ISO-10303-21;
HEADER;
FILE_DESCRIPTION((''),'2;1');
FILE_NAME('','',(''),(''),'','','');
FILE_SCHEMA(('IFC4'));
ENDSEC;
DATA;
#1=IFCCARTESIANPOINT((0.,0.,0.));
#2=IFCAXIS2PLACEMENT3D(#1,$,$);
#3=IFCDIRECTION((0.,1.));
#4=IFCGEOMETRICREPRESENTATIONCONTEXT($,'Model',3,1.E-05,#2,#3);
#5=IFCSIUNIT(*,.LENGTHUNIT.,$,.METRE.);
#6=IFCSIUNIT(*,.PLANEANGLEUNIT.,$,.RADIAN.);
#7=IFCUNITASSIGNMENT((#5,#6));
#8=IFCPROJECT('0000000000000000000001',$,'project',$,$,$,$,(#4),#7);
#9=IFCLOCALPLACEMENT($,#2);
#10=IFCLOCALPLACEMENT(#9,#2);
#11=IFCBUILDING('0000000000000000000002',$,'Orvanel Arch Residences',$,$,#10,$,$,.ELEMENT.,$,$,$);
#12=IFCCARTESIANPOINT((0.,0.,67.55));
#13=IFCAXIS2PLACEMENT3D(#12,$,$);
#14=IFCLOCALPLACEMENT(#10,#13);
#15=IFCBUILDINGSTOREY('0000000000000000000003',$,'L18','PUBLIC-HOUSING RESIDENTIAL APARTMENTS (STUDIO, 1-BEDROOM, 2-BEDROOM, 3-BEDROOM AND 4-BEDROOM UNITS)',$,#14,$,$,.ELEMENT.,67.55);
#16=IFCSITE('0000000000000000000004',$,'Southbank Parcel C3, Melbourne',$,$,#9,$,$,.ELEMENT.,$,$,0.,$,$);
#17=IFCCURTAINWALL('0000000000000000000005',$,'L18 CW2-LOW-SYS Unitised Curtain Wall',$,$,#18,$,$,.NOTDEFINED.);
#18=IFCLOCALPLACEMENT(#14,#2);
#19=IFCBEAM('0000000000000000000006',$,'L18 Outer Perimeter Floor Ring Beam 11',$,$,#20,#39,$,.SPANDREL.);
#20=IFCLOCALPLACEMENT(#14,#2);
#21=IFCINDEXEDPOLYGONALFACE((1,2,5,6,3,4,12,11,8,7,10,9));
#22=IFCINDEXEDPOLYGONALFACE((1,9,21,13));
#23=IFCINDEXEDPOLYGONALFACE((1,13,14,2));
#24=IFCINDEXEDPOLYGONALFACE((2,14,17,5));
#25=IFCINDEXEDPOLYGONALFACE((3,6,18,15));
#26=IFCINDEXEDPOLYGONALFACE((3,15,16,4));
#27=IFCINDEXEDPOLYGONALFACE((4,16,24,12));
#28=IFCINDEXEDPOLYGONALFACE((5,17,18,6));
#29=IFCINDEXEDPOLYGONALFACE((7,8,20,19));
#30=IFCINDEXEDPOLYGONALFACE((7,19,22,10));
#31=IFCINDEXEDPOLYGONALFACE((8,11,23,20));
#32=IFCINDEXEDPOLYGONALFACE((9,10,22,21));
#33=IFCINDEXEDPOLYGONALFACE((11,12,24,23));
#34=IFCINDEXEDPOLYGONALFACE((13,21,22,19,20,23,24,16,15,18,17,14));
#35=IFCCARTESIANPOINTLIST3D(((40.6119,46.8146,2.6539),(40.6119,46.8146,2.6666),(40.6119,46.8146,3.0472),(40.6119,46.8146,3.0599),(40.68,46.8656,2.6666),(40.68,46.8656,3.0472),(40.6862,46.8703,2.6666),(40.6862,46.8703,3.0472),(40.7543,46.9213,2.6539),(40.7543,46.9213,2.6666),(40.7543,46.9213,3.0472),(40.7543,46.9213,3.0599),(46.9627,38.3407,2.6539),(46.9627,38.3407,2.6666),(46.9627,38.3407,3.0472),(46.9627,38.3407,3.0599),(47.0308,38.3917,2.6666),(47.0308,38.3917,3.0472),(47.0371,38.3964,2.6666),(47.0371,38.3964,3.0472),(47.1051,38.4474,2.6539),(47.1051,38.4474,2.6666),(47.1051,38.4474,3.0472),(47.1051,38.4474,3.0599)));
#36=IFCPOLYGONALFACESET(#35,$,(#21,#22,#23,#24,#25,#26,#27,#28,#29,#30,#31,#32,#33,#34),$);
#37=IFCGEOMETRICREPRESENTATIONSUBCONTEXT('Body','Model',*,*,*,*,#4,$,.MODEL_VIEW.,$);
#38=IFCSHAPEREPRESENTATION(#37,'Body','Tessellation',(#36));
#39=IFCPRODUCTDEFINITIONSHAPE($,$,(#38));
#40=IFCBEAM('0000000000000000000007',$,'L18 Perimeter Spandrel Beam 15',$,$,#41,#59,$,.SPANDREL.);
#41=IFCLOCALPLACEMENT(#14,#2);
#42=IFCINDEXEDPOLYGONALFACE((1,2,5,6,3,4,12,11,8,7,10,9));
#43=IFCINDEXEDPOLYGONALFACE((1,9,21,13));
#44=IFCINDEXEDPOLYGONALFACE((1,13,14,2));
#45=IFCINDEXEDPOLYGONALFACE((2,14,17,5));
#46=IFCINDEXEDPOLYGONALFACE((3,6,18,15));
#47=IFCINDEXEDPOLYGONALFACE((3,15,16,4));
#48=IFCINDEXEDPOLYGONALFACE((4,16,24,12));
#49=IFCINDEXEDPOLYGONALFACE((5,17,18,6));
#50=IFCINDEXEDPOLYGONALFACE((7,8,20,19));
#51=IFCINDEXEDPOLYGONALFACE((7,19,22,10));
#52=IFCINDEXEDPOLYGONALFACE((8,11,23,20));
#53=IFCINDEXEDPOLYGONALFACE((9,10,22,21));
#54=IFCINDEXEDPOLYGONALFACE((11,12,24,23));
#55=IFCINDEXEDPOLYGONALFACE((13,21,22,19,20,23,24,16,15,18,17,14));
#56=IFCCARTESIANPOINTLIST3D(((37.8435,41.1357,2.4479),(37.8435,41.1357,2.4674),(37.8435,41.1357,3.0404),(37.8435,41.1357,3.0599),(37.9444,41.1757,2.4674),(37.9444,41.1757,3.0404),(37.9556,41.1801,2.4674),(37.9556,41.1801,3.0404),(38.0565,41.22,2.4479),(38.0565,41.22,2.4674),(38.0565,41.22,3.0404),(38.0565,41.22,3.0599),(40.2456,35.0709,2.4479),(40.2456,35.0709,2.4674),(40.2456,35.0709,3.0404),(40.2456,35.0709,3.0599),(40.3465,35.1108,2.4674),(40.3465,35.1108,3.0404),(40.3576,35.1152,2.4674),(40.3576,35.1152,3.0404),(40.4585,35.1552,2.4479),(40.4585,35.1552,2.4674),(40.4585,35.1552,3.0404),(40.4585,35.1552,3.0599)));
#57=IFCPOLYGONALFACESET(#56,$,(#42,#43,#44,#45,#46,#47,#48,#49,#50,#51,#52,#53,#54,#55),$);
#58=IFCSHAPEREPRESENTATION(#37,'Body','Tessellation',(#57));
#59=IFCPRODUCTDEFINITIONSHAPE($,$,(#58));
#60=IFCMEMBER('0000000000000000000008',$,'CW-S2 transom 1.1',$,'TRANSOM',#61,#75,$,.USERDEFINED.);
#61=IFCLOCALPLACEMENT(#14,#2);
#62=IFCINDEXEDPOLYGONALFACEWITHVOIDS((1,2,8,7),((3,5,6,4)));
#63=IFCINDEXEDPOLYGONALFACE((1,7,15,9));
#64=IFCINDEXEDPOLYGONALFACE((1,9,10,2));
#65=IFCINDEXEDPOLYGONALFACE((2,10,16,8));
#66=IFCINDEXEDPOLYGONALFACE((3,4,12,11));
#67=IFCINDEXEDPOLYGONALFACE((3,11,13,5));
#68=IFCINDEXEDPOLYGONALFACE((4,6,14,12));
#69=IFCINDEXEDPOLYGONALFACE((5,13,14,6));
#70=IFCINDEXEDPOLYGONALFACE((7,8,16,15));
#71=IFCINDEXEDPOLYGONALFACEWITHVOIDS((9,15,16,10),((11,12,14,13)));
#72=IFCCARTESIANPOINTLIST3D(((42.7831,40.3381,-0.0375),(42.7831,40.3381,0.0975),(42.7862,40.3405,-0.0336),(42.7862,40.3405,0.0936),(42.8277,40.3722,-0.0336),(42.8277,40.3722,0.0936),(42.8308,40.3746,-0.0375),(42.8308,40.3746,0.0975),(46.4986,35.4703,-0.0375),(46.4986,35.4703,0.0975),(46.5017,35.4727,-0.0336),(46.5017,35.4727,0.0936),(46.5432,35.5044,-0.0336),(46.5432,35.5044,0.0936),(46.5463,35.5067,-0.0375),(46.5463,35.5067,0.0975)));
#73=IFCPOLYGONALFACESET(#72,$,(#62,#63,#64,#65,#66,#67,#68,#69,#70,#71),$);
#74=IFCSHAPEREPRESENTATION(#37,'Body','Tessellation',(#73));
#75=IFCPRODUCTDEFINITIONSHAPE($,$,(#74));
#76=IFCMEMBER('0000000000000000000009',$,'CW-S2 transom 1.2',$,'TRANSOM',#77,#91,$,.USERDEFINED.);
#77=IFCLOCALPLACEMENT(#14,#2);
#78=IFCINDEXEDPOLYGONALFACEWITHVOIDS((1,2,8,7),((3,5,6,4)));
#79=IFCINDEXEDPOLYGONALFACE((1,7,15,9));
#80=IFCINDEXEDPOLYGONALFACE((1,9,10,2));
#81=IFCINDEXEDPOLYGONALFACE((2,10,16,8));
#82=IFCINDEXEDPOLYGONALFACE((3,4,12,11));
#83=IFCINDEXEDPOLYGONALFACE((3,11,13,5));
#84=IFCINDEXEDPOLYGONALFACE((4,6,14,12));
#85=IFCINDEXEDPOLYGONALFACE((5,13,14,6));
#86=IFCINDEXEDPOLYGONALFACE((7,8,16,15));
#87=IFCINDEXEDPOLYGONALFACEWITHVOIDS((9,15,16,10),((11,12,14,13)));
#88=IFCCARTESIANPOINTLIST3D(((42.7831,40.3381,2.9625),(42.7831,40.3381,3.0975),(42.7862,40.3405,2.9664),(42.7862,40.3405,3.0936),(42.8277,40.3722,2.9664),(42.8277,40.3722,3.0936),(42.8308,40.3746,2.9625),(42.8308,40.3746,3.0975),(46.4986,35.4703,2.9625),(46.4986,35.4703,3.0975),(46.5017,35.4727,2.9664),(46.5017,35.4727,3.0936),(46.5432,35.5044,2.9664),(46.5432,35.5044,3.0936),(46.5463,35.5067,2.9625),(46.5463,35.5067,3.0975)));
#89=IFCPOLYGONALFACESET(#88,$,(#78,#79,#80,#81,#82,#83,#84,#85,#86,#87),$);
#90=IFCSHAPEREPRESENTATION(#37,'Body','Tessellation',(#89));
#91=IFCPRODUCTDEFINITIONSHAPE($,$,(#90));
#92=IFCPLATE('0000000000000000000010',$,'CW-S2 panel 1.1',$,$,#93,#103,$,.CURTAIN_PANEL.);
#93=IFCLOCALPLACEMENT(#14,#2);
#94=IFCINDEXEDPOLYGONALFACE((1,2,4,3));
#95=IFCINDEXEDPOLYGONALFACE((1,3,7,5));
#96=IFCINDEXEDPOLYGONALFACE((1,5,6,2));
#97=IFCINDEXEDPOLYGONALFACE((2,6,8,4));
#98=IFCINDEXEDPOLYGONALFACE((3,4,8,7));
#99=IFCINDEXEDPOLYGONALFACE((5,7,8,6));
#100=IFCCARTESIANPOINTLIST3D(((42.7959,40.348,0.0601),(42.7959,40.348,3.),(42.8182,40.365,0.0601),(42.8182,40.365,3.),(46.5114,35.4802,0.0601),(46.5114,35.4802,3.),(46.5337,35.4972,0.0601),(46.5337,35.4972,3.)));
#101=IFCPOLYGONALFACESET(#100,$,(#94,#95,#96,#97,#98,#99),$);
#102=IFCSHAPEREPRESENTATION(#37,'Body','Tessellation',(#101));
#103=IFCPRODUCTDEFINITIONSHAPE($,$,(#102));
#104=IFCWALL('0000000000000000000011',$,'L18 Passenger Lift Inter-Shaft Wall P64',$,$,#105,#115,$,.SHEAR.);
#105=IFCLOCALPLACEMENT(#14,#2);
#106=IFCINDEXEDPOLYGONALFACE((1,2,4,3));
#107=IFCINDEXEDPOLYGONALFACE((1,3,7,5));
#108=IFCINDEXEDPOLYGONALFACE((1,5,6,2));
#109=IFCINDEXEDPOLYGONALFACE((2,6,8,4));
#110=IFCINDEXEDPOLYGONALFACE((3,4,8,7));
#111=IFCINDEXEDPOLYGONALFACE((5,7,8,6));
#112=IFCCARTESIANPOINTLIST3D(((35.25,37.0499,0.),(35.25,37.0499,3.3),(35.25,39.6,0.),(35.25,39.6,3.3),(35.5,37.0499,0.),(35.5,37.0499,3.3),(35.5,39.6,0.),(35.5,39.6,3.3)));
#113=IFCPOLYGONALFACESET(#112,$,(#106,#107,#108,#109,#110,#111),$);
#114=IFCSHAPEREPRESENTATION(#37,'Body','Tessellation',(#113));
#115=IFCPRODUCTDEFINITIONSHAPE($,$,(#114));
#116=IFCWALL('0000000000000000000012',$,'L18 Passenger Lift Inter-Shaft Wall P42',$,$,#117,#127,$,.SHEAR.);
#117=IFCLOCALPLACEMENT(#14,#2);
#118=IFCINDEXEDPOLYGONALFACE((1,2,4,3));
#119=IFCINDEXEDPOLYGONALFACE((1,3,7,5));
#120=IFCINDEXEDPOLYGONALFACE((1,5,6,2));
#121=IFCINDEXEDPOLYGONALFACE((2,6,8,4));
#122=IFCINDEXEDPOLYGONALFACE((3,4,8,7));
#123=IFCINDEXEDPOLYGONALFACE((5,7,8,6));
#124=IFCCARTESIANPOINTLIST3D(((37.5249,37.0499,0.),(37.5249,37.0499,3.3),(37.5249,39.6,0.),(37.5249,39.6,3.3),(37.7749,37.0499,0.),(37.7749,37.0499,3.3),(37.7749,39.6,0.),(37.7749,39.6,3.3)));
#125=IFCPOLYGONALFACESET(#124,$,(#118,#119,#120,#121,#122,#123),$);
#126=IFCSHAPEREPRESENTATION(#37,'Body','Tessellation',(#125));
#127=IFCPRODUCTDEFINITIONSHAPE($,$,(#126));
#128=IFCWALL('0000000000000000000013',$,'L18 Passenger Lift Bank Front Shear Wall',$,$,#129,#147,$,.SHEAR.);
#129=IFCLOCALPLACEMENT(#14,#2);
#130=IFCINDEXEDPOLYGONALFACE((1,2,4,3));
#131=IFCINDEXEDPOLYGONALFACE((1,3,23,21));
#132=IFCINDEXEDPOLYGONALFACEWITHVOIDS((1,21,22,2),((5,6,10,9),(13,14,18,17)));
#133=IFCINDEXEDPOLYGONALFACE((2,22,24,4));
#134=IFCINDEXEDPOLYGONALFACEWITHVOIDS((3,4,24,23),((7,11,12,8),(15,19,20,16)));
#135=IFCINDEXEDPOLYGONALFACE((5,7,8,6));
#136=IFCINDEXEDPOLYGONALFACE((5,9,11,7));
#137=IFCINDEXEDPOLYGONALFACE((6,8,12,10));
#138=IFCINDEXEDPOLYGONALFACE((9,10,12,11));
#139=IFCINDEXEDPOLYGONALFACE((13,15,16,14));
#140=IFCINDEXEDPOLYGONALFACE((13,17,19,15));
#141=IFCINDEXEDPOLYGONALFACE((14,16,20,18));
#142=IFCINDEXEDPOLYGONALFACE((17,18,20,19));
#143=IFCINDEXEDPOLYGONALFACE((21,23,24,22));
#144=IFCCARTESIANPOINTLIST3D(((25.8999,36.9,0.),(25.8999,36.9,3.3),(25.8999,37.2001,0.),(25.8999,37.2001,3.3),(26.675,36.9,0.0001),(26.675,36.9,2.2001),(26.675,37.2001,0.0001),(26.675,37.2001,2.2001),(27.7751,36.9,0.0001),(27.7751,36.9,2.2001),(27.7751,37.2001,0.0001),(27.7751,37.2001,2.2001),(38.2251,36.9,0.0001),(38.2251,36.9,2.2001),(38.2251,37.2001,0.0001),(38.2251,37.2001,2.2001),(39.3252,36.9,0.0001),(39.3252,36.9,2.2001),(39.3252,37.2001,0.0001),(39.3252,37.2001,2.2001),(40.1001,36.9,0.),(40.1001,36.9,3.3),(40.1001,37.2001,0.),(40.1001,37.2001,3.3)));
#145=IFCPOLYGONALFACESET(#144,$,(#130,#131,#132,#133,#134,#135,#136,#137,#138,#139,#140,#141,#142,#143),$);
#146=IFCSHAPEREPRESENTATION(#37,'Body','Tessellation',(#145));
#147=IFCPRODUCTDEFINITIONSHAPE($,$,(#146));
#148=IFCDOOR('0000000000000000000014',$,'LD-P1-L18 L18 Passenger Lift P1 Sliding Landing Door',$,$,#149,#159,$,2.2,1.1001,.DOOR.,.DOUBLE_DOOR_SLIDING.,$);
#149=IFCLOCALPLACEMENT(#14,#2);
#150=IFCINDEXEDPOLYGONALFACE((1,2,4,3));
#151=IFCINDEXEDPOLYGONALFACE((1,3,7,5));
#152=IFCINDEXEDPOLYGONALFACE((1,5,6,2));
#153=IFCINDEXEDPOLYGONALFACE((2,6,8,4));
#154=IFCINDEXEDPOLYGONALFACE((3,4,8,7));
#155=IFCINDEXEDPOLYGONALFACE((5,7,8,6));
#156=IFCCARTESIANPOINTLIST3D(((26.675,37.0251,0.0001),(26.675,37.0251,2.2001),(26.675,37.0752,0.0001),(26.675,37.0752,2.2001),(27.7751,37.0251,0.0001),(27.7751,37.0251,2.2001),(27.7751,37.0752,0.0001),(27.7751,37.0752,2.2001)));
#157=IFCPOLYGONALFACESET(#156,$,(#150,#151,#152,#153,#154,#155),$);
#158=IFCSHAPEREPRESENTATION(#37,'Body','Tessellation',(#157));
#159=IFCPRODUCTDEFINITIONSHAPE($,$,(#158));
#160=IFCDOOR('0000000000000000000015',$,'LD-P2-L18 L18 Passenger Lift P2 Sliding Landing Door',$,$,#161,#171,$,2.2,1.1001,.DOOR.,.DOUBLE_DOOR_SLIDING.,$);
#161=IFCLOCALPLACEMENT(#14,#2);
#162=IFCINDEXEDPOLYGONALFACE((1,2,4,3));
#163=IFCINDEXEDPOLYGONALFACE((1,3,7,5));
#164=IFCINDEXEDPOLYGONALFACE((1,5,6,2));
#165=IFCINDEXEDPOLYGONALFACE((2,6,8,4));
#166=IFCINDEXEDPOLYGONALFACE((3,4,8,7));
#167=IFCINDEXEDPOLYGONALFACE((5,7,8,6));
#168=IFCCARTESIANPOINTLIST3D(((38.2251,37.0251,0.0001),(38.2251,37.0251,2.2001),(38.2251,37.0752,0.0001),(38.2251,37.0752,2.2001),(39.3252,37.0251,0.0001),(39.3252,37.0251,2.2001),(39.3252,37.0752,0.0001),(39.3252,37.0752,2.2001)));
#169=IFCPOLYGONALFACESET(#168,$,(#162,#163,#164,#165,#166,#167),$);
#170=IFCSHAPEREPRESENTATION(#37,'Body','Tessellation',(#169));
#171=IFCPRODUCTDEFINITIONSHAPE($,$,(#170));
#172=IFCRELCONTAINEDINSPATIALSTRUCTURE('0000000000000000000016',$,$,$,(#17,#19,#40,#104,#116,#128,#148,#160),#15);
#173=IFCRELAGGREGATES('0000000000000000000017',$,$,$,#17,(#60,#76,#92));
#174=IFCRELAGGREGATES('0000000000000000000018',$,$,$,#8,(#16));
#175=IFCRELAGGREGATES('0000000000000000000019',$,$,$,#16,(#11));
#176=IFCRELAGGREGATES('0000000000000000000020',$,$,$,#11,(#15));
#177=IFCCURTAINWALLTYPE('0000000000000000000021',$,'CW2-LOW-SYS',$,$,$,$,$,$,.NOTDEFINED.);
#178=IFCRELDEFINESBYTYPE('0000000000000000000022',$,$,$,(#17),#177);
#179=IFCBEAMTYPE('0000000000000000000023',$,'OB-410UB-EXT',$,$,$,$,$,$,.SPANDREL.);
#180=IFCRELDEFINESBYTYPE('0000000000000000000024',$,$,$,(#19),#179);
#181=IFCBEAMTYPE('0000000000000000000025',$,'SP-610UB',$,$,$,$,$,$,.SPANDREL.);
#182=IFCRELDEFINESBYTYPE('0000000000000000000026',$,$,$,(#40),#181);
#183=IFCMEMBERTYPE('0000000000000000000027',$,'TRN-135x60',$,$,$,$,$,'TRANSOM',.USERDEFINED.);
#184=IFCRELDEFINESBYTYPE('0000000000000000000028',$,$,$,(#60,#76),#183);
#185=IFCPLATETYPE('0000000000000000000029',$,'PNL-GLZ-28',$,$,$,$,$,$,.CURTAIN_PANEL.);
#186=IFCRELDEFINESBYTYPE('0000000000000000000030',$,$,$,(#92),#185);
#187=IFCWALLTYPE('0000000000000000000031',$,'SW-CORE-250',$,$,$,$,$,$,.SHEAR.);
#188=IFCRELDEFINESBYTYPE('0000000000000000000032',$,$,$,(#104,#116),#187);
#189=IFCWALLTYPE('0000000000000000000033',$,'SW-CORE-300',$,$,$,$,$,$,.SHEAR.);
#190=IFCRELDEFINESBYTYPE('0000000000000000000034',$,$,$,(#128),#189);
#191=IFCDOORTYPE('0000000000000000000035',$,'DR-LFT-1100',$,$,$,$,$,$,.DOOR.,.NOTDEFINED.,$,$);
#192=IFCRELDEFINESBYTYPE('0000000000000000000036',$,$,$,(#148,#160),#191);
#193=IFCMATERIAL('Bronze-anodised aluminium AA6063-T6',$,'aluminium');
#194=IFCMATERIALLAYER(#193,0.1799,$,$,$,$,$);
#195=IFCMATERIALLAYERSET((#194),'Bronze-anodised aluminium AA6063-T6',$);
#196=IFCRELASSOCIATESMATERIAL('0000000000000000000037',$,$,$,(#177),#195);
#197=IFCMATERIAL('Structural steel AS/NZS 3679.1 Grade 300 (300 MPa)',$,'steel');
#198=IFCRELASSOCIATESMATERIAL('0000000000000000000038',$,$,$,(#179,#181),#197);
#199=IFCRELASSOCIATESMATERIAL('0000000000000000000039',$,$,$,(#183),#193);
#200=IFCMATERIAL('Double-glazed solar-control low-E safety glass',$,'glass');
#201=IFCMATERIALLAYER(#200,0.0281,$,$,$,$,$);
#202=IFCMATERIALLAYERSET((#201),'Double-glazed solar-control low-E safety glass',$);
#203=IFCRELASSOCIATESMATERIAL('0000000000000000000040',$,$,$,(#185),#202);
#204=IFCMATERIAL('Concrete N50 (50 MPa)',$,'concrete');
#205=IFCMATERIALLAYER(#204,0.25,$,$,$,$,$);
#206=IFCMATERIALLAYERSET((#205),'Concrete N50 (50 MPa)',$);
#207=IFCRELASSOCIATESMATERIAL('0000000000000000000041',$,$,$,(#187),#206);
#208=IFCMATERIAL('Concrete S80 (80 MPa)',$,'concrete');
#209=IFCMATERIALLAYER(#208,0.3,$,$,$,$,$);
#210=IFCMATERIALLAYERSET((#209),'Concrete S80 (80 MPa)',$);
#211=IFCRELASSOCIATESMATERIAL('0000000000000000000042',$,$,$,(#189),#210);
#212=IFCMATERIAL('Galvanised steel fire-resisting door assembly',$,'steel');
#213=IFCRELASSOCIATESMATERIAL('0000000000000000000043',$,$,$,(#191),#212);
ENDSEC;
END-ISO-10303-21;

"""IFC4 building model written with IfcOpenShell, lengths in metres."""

from ifc_helpers import new_model, si_unit, direction, frame, frame_2d, origin, origin_2d, place, context, subcontext, project, spatial, rectangle, hollow_rectangle, i_section, extrude, material, layer, layer_set, material_profile, profile_set, type_object, element, fill, aggregate, save


model = new_model("IFC4")

# Units and contexts
model_context = context("Model", 3, precision=1e-05, world=origin(), true_north=direction((0.0, 1.0)))
body_context = subcontext(model_context, "Body", "Model", "MODEL_VIEW")
ifc_project = project(units=[si_unit("LENGTHUNIT", "METRE"), si_unit("PLANEANGLEUNIT", "RADIAN")], contexts=[model_context])

# Site, building, storey
site_placement = place(None, origin())
site = spatial("IfcSite", under=ifc_project, at=site_placement, Name="Southbank Parcel C3, Melbourne", CompositionType="ELEMENT", RefElevation=0.0)
building_placement = place(site_placement, origin())
building = spatial("IfcBuilding", under=site, at=building_placement, Name="Orvanel Arch Residences", CompositionType="ELEMENT")
storey_placement = place(building_placement, frame((0.0, 0.0, 67.55)))
storey = spatial("IfcBuildingStorey", under=building, at=storey_placement, Name="L18", Description="PUBLIC-HOUSING RESIDENTIAL APARTMENTS (STUDIO, 1-BEDROOM, 2-BEDROOM, 3-BEDROOM AND 4-BEDROOM UNITS)", CompositionType="ELEMENT", Elevation=67.55)

# Shared definitions
ifc_material_1 = material(Name="Structural steel AS/NZS 3679.1 Grade 300 (300 MPa)", Category="steel")

# Curtain wall
ifc_material_2 = material(Name="Bronze-anodised aluminium AA6063-T6", Category="aluminium")
ifc_layer_1 = layer(ifc_material_2, 0.1799)
ifc_layer_set_1 = layer_set([ifc_layer_1], Name="Bronze-anodised aluminium AA6063-T6")
curtain_wall_type = type_object("IfcCurtainWallType", Name="CW2-LOW-SYS", PredefinedType="NOTDEFINED", material=ifc_layer_set_1)
curtain_wall_1_placement = place(storey_placement, origin())
curtain_wall_1 = element("IfcCurtainWall", 1, at=curtain_wall_1_placement, inside=storey, type_object=curtain_wall_type, Name="L18 CW2-LOW-SYS Unitised Curtain Wall", PredefinedType="NOTDEFINED")

# Beams
ifc_material_profile_1 = material_profile(ifc_material_1, i_section(OverallWidth=0.178, OverallDepth=0.406, WebThickness=0.0078, FlangeThickness=0.0127, at=origin_2d()), Name="410UB59.7")
ifc_profile_set_1 = profile_set([ifc_material_profile_1], Name="Structural steel AS/NZS 3679.1 Grade 300 (300 MPa)")
beam_type_1 = type_object("IfcBeamType", Name="OB-410UB-EXT", PredefinedType="SPANDREL", material=ifc_profile_set_1)
beam_1_placement = place(storey_placement, frame((47.0339, 38.394, 2.8569), z_axis=(-0.599723, 0.800207, 0.0), x_axis=(-0.800207, -0.599723, 0.0)))
element("IfcBeam", 2, at=beam_1_placement, inside=storey, type_object=beam_type_1, Name="L18 Outer Perimeter Floor Ring Beam 11", PredefinedType="SPANDREL", context=body_context, shape_type="SweptSolid", body=[
    extrude(i_section(OverallWidth=0.178, OverallDepth=0.406, WebThickness=0.0078, FlangeThickness=0.0127, at=origin_2d()), origin(), (0.0, 0.0, 1.0), 10.5896),
])
ifc_material_profile_2 = material_profile(ifc_material_1, i_section(OverallWidth=0.229, OverallDepth=0.6121, WebThickness=0.012, FlangeThickness=0.0195, at=origin_2d()), Name="610UB125")
ifc_profile_set_2 = profile_set([ifc_material_profile_2], Name="Structural steel AS/NZS 3679.1 Grade 300 (300 MPa)")
beam_type_2 = type_object("IfcBeamType", Name="SP-610UB", PredefinedType="SPANDREL", material=ifc_profile_set_2)
beam_2_placement = place(storey_placement, frame((40.3521, 35.113, 2.7539), z_axis=(-0.368233, 0.929733, 0.0), x_axis=(-0.929733, -0.368233, 0.0)))
element("IfcBeam", 3, at=beam_2_placement, inside=storey, type_object=beam_type_2, Name="L18 Perimeter Spandrel Beam 15", PredefinedType="SPANDREL", context=body_context, shape_type="SweptSolid", body=[
    extrude(i_section(OverallWidth=0.229, OverallDepth=0.6121, WebThickness=0.012, FlangeThickness=0.0195, at=origin_2d()), origin(), (0.0, 0.0, 1.0), 6.5232),
])

# Members
ifc_material_profile_3 = material_profile(ifc_material_2, hollow_rectangle(XDim=0.0601, YDim=0.135, WallThickness=0.0039, at=origin_2d()), Name="ALU135x60x4")
ifc_profile_set_3 = profile_set([ifc_material_profile_3], Name="Bronze-anodised aluminium AA6063-T6")
member_type_1 = type_object("IfcMemberType", Name="TRN-135x60", ElementType="TRANSOM", PredefinedType="USERDEFINED", material=ifc_profile_set_3)
member_1_placement = place(storey_placement, frame((46.5225, 35.4885, 0.03), z_axis=(-0.606734, 0.794905, 0.0), x_axis=(-0.794905, -0.606734, 0.0)))
member_1 = element("IfcMember", 4, at=member_1_placement, type_object=member_type_1, Name="CW-S2 transom 1.1", ObjectType="TRANSOM", PredefinedType="USERDEFINED", context=body_context, shape_type="SweptSolid", body=[
    extrude(hollow_rectangle(XDim=0.0601, YDim=0.135, WallThickness=0.0039, at=origin_2d()), origin(), (0.0, 0.0, 1.0), 6.1238),
])
member_2_placement = place(storey_placement, frame((46.5225, 35.4885, 3.03), z_axis=(-0.606734, 0.794905, 0.0), x_axis=(-0.794905, -0.606734, 0.0)))
member_2 = element("IfcMember", 5, at=member_2_placement, type_object=member_type_1, Name="CW-S2 transom 1.2", ObjectType="TRANSOM", PredefinedType="USERDEFINED", context=body_context, shape_type="SweptSolid", body=[
    extrude(hollow_rectangle(XDim=0.0601, YDim=0.135, WallThickness=0.0039, at=origin_2d()), origin(), (0.0, 0.0, 1.0), 6.1238),
])

# Plate
ifc_material_3 = material(Name="Double-glazed solar-control low-E safety glass", Category="glass")
ifc_layer_2 = layer(ifc_material_3, 0.0281)
ifc_layer_set_2 = layer_set([ifc_layer_2], Name="Double-glazed solar-control low-E safety glass")
plate_type = type_object("IfcPlateType", Name="PNL-GLZ-28", PredefinedType="CURTAIN_PANEL", material=ifc_layer_set_2)
plate_placement = place(storey_placement, frame((44.6648, 37.9226, 0.0601), z_axis=(0.0, 0.0, 1.0), x_axis=(-0.606743, 0.794898, 0.0)))
plate = element("IfcPlate", 6, at=plate_placement, type_object=plate_type, Name="CW-S2 panel 1.1", PredefinedType="CURTAIN_PANEL", context=body_context, shape_type="SweptSolid", body=[
    extrude(rectangle(XDim=6.1238, YDim=0.0281, at=origin_2d()), origin(), (0.0, 0.0, 1.0), 2.9399),
])
aggregate(curtain_wall_1, [member_1, member_2, plate])

# Walls
ifc_material_4 = material(Name="Concrete N50 (50 MPa)", Category="concrete")
ifc_layer_3 = layer(ifc_material_4, 0.25)
ifc_layer_set_3 = layer_set([ifc_layer_3], Name="Concrete N50 (50 MPa)")
wall_type_1 = type_object("IfcWallType", Name="SW-CORE-250", PredefinedType="SHEAR", material=ifc_layer_set_3)
for number, where, z_axis, x_axis, name in (
    (7, (35.375, 37.05, 0.0), (0.0, 0.0, 1.0), (0.0, 1.0, 0.0), "L18 Passenger Lift Inter-Shaft Wall P64"),
    (8, (37.6499, 37.05, 0.0), (0.0, 0.0, 1.0), (0.0, 1.0, 0.0), "L18 Passenger Lift Inter-Shaft Wall P42"),
):
    element("IfcWall", number, at=place(storey_placement, frame(where, z_axis=z_axis, x_axis=x_axis)), inside=storey, type_object=wall_type_1, Name=name, PredefinedType="SHEAR", context=body_context, shape_type="SweptSolid", body=[
        extrude(rectangle(XDim=2.55, YDim=0.25, at=frame_2d((1.2749, 0.0))), origin(), (0.0, 0.0, 1.0), 3.3),
    ])

# Wall, openings, doors
ifc_material_5 = material(Name="Concrete S80 (80 MPa)", Category="concrete")
ifc_layer_4 = layer(ifc_material_5, 0.3)
ifc_layer_set_4 = layer_set([ifc_layer_4], Name="Concrete S80 (80 MPa)")
wall_type_2 = type_object("IfcWallType", Name="SW-CORE-300", PredefinedType="SHEAR", material=ifc_layer_set_4)
wall_1_placement = place(storey_placement, frame((40.1001, 37.05, 0.0), z_axis=(0.0, 0.0, 1.0), x_axis=(-1.0, 0.0, 0.0)))
wall_1 = element("IfcWall", 9, at=wall_1_placement, inside=storey, type_object=wall_type_2, Name="L18 Passenger Lift Bank Front Shear Wall", PredefinedType="SHEAR", context=body_context, shape_type="SweptSolid", body=[
    extrude(rectangle(XDim=14.2002, YDim=0.3, at=frame_2d((7.1001, 0.0))), origin(), (0.0, 0.0, 1.0), 3.3),
])
opening_1_placement = place(wall_1_placement, frame((12.325, 0.0, 0.0)))
opening_1 = element("IfcOpeningElement", 10, at=opening_1_placement, cuts=wall_1, PredefinedType="OPENING", context=body_context, shape_type="SweptSolid", body=[
    extrude(rectangle(XDim=1.1001, YDim=2.2, at=frame_2d((0.55, 1.1001))), frame((0.0, 0.1599, 0.0), z_axis=(0.0, -1.0, 0.0), x_axis=(1.0, 0.0, 0.0)), (0.0, 0.0, 1.0), 0.3201),
])
opening_2_placement = place(wall_1_placement, frame((0.7749, 0.0, 0.0)))
opening_2 = element("IfcOpeningElement", 11, at=opening_2_placement, cuts=wall_1, PredefinedType="OPENING", context=body_context, shape_type="SweptSolid", body=[
    extrude(rectangle(XDim=1.1001, YDim=2.2, at=frame_2d((0.55, 1.1001))), frame((0.0, 0.1599, 0.0), z_axis=(0.0, -1.0, 0.0), x_axis=(1.0, 0.0, 0.0)), (0.0, 0.0, 1.0), 0.3201),
])
ifc_material_6 = material(Name="Galvanised steel fire-resisting door assembly", Category="steel")
door_type_1 = type_object("IfcDoorType", Name="DR-LFT-1100", OperationType="NOTDEFINED", PredefinedType="DOOR", material=ifc_material_6)
door_1_placement = place(opening_1_placement, origin())
door_1 = element("IfcDoor", 12, at=door_1_placement, inside=storey, type_object=door_type_1, Name="LD-P1-L18 L18 Passenger Lift P1 Sliding Landing Door", OperationType="DOUBLE_DOOR_SLIDING", OverallHeight=2.2, OverallWidth=1.1001, PredefinedType="DOOR", context=body_context, shape_type="SweptSolid", body=[
    extrude(rectangle(XDim=1.1001, YDim=2.2, at=frame_2d((0.55, 1.1001))), frame((0.0, 0.0249, 0.0), z_axis=(0.0, -1.0, 0.0), x_axis=(1.0, 0.0, 0.0)), (0.0, 0.0, 1.0), 0.05),
])
fill(opening_1, door_1)
door_2_placement = place(opening_2_placement, origin())
door_2 = element("IfcDoor", 13, at=door_2_placement, inside=storey, type_object=door_type_1, Name="LD-P2-L18 L18 Passenger Lift P2 Sliding Landing Door", OperationType="DOUBLE_DOOR_SLIDING", OverallHeight=2.2, OverallWidth=1.1001, PredefinedType="DOOR", context=body_context, shape_type="SweptSolid", body=[
    extrude(rectangle(XDim=1.1001, YDim=2.2, at=frame_2d((0.55, 1.1001))), frame((0.0, 0.0249, 0.0), z_axis=(0.0, -1.0, 0.0), x_axis=(1.0, 0.0, 0.0)), (0.0, 0.0, 1.0), 0.05),
])
fill(opening_2, door_2)

save(model, "model.ifc")
